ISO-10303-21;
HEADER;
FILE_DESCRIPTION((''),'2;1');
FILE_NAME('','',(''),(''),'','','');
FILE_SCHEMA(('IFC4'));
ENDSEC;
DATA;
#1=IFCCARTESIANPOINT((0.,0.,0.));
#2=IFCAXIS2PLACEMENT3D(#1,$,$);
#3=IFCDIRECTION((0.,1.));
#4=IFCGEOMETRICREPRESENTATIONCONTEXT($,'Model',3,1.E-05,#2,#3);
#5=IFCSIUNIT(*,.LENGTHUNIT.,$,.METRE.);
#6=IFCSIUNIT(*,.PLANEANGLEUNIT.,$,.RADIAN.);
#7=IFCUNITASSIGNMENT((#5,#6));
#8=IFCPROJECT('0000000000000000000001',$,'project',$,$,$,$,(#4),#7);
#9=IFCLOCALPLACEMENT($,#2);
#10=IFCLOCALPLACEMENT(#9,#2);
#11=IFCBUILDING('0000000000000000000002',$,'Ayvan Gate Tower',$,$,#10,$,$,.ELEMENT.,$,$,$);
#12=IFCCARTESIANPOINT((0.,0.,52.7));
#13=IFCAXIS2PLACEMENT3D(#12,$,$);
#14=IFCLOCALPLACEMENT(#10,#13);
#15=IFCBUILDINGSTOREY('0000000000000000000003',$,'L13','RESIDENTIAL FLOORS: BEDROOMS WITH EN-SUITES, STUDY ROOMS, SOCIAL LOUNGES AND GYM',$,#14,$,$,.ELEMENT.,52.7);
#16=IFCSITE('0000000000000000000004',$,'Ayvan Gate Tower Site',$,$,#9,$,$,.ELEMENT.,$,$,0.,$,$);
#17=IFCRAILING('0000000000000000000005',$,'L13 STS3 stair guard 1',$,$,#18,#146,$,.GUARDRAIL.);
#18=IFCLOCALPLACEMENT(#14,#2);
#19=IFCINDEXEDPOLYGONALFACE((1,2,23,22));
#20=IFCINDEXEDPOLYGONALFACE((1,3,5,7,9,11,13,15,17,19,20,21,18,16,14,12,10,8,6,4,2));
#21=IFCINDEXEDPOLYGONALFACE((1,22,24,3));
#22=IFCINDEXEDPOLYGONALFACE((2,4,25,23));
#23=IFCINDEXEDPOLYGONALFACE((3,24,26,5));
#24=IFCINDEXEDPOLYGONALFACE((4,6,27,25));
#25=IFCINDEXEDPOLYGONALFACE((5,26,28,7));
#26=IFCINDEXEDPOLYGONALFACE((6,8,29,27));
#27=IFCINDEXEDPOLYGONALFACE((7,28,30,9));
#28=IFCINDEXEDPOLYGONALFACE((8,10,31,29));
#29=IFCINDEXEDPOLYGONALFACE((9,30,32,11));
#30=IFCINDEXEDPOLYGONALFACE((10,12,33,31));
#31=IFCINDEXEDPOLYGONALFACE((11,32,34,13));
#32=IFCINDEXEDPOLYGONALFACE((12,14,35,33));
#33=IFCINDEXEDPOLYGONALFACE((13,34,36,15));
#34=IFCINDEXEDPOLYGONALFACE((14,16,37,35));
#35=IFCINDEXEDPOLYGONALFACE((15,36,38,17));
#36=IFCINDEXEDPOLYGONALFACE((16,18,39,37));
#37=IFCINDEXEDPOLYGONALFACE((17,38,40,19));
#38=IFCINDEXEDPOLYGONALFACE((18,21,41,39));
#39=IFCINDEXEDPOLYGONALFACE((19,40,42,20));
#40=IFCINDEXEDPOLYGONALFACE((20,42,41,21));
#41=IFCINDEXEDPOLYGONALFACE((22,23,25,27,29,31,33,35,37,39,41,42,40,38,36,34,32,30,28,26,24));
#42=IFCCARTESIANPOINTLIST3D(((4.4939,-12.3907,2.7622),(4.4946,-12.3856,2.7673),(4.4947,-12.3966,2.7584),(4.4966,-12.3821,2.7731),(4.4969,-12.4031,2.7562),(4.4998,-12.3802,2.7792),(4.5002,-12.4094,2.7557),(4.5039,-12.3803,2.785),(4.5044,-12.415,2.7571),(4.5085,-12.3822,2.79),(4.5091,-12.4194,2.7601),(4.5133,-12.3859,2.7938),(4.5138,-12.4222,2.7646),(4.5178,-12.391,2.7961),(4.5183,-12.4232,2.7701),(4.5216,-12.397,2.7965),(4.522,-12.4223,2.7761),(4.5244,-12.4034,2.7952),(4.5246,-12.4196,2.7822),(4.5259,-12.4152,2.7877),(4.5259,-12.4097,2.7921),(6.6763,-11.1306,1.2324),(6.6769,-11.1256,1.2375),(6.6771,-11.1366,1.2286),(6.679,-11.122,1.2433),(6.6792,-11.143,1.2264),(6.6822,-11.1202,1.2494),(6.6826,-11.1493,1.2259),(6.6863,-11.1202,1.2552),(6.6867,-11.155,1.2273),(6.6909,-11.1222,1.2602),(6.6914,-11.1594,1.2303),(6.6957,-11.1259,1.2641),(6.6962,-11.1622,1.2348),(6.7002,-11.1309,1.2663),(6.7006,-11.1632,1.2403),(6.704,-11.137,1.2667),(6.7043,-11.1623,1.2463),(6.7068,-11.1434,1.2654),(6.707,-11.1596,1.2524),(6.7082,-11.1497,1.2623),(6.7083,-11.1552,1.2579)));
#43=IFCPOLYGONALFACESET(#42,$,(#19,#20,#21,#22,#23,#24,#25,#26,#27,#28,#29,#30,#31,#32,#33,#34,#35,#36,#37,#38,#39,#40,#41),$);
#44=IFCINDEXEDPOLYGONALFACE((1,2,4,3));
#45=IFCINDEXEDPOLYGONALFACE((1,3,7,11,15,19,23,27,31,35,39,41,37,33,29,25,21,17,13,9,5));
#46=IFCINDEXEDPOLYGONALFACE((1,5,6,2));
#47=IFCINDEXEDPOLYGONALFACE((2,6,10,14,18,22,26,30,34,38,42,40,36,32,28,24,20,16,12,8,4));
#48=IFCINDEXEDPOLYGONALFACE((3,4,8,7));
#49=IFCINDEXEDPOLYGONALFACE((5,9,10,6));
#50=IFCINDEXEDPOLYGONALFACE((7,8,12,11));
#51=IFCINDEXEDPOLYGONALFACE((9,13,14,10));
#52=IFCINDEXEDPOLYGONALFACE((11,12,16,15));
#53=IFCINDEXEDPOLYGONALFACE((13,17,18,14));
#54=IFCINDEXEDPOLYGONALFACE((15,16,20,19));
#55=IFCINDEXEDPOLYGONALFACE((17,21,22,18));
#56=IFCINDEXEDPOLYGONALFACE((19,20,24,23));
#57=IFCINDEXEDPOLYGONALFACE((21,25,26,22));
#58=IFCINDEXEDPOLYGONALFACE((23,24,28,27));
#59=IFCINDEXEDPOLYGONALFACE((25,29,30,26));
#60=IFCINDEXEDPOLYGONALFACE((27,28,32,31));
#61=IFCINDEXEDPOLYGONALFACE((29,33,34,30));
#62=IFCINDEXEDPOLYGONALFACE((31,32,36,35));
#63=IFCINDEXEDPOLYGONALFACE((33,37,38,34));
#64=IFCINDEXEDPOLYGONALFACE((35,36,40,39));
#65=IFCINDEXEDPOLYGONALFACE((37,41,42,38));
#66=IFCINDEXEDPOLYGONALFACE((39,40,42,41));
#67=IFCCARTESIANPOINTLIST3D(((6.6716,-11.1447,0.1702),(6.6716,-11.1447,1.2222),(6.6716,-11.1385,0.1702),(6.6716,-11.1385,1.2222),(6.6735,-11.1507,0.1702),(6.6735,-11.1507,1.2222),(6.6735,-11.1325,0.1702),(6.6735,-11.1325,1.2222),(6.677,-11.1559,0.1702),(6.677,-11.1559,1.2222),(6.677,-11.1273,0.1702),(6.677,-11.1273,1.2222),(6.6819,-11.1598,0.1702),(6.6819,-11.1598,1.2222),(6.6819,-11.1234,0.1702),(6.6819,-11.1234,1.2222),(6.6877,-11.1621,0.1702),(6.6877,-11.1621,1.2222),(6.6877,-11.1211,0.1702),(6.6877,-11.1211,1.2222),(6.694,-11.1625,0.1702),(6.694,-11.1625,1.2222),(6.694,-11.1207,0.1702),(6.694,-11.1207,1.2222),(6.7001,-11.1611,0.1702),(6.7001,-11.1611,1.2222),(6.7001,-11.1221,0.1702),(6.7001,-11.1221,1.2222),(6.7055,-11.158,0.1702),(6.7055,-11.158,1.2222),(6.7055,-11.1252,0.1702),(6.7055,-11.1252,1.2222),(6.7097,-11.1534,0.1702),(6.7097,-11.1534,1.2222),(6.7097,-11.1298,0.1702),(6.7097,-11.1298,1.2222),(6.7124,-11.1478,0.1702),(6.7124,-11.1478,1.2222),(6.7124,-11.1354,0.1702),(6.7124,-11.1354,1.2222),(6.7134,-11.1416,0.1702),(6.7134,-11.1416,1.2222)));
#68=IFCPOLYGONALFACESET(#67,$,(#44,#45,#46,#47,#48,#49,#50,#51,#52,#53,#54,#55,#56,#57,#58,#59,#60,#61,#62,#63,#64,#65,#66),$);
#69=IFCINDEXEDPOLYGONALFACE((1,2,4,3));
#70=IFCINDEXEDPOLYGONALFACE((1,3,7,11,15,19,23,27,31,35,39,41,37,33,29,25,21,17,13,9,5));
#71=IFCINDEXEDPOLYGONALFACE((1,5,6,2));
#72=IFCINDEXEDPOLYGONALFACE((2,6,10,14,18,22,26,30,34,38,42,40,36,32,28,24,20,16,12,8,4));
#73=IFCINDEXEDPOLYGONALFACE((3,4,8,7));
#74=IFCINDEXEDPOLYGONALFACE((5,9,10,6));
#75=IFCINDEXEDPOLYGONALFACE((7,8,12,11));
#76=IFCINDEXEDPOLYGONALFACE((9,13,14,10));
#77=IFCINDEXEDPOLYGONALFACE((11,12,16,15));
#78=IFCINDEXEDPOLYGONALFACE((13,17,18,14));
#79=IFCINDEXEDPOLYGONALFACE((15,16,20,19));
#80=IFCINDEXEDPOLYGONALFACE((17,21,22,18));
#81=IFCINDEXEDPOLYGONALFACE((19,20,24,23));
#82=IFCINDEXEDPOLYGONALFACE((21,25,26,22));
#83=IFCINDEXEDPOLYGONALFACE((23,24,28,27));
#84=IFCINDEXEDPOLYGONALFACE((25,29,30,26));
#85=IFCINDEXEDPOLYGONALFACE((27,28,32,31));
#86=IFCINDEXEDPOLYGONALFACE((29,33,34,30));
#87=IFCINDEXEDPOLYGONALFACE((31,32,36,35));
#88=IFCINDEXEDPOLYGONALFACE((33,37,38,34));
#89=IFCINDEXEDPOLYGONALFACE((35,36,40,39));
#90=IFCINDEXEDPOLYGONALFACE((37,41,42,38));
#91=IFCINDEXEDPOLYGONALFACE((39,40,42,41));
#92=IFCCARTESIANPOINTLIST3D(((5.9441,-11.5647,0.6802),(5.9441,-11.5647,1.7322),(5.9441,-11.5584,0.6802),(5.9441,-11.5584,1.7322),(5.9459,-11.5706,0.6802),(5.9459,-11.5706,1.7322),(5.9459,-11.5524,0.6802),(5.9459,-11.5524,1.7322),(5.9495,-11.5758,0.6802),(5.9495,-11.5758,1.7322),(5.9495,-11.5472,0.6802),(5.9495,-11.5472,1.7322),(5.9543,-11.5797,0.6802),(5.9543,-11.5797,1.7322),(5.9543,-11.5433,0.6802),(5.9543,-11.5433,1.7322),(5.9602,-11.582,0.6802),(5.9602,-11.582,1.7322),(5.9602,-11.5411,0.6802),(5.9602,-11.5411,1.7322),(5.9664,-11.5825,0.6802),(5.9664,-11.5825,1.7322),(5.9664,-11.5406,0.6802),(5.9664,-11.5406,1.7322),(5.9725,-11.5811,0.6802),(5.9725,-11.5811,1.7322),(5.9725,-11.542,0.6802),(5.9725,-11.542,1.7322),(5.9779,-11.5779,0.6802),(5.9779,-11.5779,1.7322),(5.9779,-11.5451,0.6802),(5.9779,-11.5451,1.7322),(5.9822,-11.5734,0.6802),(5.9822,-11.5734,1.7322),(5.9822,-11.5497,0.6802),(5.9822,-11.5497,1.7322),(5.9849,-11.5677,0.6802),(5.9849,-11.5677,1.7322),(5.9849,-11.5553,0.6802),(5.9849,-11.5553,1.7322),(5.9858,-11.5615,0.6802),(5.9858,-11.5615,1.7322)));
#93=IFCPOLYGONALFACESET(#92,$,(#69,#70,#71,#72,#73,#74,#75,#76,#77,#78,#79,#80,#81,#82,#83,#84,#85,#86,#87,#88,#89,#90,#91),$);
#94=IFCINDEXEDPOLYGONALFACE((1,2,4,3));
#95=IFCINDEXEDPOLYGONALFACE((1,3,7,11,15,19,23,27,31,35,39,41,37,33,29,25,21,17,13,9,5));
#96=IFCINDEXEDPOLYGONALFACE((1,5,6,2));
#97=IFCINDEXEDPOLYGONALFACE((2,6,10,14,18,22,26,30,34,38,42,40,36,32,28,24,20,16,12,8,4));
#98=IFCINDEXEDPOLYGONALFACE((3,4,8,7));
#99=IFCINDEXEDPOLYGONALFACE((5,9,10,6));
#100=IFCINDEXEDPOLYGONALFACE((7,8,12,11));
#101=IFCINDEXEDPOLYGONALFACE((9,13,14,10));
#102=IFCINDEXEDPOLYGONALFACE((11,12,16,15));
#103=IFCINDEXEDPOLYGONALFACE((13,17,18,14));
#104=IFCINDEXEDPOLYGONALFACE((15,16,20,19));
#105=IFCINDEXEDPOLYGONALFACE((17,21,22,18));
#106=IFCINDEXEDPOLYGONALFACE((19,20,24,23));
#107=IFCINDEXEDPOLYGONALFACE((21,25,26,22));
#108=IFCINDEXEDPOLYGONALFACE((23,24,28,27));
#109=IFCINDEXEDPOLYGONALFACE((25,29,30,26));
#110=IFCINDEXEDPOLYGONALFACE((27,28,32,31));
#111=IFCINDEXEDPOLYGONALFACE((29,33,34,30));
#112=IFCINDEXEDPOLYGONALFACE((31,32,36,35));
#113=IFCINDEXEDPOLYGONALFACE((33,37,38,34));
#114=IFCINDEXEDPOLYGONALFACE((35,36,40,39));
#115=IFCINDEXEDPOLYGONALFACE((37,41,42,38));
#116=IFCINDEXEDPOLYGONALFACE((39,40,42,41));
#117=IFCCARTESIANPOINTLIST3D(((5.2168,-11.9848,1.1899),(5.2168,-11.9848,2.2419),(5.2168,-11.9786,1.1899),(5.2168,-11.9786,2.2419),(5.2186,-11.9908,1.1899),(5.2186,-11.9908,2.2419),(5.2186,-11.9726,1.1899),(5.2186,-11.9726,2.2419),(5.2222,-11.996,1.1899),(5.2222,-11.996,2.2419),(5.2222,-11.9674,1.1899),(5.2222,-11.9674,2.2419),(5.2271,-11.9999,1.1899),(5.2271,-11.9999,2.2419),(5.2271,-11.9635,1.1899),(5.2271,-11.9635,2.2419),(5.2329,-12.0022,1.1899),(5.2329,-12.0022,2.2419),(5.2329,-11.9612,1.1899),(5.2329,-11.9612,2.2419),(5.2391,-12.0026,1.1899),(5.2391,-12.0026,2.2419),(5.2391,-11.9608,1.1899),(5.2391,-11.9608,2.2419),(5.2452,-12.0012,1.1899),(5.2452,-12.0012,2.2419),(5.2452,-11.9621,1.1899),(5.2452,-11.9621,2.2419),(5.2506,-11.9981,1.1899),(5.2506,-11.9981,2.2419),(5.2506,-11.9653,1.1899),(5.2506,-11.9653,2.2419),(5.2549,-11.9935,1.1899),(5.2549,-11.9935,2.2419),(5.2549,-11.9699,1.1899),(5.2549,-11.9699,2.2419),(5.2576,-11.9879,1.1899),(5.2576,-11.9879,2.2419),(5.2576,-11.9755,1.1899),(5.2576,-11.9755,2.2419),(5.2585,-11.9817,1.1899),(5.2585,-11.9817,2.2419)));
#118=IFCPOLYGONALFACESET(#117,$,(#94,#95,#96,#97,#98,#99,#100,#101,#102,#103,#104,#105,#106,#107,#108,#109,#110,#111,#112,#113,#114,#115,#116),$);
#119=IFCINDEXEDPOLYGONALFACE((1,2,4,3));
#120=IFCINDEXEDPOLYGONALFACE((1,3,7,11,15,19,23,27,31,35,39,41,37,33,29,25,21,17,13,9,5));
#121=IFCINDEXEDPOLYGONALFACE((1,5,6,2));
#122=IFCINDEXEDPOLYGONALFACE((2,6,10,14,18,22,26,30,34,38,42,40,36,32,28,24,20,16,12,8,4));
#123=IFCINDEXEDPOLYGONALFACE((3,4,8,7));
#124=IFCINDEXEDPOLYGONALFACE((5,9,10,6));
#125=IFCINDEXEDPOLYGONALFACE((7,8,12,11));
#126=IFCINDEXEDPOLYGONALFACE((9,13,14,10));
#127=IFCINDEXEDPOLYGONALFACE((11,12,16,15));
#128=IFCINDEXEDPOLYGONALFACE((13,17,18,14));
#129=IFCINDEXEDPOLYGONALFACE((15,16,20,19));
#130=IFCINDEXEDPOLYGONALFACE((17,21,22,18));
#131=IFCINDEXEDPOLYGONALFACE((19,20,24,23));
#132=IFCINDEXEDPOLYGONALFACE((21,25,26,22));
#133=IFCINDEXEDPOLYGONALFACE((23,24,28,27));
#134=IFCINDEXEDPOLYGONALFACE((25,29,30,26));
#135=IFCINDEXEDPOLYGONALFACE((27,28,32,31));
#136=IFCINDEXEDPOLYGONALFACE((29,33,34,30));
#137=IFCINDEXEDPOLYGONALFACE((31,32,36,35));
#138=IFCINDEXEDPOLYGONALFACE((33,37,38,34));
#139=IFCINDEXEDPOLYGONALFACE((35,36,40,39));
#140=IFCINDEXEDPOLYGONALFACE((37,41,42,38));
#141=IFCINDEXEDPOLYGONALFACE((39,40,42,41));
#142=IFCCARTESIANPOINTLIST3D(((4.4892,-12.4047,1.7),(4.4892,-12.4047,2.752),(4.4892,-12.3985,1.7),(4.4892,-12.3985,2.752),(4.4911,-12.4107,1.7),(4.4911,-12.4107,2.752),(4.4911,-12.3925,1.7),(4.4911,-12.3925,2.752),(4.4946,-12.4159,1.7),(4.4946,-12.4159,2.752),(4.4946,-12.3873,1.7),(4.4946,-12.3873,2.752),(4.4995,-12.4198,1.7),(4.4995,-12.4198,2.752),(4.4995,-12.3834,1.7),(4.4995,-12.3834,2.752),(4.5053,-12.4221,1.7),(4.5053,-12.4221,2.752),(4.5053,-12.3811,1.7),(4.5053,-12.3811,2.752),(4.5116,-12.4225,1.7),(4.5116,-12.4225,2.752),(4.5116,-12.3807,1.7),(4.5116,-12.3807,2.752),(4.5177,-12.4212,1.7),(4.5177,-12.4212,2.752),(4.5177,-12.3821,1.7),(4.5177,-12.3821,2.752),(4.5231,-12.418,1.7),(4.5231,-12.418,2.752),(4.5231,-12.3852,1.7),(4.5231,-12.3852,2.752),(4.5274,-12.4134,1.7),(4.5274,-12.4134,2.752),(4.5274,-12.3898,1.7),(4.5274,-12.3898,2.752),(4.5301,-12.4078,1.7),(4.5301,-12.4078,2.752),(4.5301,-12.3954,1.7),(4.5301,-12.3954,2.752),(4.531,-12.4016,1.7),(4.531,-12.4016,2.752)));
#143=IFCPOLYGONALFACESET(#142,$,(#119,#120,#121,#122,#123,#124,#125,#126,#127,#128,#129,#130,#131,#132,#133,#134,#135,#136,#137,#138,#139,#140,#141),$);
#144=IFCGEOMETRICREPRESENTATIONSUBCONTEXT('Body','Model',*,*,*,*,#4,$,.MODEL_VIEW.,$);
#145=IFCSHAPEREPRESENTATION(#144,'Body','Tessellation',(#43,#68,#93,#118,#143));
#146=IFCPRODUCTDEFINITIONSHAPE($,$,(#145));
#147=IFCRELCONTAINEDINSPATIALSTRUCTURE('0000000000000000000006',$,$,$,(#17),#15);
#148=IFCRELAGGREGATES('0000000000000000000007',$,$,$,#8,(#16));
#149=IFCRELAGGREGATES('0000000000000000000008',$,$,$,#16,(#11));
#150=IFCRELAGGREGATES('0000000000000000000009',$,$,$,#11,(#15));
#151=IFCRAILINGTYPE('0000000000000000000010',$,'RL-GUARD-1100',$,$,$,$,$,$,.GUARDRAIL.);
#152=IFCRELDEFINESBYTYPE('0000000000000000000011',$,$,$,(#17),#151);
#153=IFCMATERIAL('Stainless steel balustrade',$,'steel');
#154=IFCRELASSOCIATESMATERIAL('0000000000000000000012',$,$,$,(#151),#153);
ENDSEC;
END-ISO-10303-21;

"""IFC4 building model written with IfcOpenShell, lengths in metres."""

from ifc_helpers import new_model, si_unit, direction, frame, origin, origin_2d, place, context, subcontext, project, spatial, circle, extrude, material, type_object, element, save


model = new_model("IFC4")

# Units and contexts
model_context = context("Model", 3, precision=1e-05, world=origin(), true_north=direction((0.0, 1.0)))
body_context = subcontext(model_context, "Body", "Model", "MODEL_VIEW")
ifc_project = project(units=[si_unit("LENGTHUNIT", "METRE"), si_unit("PLANEANGLEUNIT", "RADIAN")], contexts=[model_context])

# Site, building, storey
site_placement = place(None, origin())
site = spatial("IfcSite", under=ifc_project, at=site_placement, Name="Ayvan Gate Tower Site", CompositionType="ELEMENT", RefElevation=0.0)
building_placement = place(site_placement, origin())
building = spatial("IfcBuilding", under=site, at=building_placement, Name="Ayvan Gate Tower", CompositionType="ELEMENT")
storey_placement = place(building_placement, frame((0.0, 0.0, 52.7)))
storey = spatial("IfcBuildingStorey", under=building, at=storey_placement, Name="L13", Description="RESIDENTIAL FLOORS: BEDROOMS WITH EN-SUITES, STUDY ROOMS, SOCIAL LOUNGES AND GYM", CompositionType="ELEMENT", Elevation=52.7)

# Railing
ifc_material_1 = material(Name="Stainless steel balustrade", Category="steel")
railing_type_1 = type_object("IfcRailingType", Name="RL-GUARD-1100", PredefinedType="GUARDRAIL", material=ifc_material_1)
railing_1_placement = place(storey_placement, frame((6.6924, -11.1416, 0.1702)))
element("IfcRailing", 1, at=railing_1_placement, inside=storey, type_object=railing_type_1, Name="L13 STS3 stair guard 1", PredefinedType="GUARDRAIL", context=body_context, shape_type="SweptSolid", body=[
    extrude(circle(Radius=0.0239, at=origin_2d()), frame((0.0, 0.0, 1.0762), z_axis=(-0.740293, -0.427414, 0.518926), x_axis=(0.500005, -0.866023, 0.0)), (0.0, 0.0, 1.0), 2.948),
    extrude(circle(Radius=0.021, at=origin_2d()), origin(), (0.0, 0.0, 1.0), 1.052),
    extrude(circle(Radius=0.021, at=origin_2d()), frame((-0.7275, -0.4199, 0.51)), (0.0, 0.0, 1.0), 1.052),
    extrude(circle(Radius=0.021, at=origin_2d()), frame((-1.4548, -0.8401, 1.0198)), (0.0, 0.0, 1.0), 1.052),
    extrude(circle(Radius=0.021, at=origin_2d()), frame((-2.1824, -1.26, 1.5298)), (0.0, 0.0, 1.0), 1.052),
])

save(model, "model.ifc")
